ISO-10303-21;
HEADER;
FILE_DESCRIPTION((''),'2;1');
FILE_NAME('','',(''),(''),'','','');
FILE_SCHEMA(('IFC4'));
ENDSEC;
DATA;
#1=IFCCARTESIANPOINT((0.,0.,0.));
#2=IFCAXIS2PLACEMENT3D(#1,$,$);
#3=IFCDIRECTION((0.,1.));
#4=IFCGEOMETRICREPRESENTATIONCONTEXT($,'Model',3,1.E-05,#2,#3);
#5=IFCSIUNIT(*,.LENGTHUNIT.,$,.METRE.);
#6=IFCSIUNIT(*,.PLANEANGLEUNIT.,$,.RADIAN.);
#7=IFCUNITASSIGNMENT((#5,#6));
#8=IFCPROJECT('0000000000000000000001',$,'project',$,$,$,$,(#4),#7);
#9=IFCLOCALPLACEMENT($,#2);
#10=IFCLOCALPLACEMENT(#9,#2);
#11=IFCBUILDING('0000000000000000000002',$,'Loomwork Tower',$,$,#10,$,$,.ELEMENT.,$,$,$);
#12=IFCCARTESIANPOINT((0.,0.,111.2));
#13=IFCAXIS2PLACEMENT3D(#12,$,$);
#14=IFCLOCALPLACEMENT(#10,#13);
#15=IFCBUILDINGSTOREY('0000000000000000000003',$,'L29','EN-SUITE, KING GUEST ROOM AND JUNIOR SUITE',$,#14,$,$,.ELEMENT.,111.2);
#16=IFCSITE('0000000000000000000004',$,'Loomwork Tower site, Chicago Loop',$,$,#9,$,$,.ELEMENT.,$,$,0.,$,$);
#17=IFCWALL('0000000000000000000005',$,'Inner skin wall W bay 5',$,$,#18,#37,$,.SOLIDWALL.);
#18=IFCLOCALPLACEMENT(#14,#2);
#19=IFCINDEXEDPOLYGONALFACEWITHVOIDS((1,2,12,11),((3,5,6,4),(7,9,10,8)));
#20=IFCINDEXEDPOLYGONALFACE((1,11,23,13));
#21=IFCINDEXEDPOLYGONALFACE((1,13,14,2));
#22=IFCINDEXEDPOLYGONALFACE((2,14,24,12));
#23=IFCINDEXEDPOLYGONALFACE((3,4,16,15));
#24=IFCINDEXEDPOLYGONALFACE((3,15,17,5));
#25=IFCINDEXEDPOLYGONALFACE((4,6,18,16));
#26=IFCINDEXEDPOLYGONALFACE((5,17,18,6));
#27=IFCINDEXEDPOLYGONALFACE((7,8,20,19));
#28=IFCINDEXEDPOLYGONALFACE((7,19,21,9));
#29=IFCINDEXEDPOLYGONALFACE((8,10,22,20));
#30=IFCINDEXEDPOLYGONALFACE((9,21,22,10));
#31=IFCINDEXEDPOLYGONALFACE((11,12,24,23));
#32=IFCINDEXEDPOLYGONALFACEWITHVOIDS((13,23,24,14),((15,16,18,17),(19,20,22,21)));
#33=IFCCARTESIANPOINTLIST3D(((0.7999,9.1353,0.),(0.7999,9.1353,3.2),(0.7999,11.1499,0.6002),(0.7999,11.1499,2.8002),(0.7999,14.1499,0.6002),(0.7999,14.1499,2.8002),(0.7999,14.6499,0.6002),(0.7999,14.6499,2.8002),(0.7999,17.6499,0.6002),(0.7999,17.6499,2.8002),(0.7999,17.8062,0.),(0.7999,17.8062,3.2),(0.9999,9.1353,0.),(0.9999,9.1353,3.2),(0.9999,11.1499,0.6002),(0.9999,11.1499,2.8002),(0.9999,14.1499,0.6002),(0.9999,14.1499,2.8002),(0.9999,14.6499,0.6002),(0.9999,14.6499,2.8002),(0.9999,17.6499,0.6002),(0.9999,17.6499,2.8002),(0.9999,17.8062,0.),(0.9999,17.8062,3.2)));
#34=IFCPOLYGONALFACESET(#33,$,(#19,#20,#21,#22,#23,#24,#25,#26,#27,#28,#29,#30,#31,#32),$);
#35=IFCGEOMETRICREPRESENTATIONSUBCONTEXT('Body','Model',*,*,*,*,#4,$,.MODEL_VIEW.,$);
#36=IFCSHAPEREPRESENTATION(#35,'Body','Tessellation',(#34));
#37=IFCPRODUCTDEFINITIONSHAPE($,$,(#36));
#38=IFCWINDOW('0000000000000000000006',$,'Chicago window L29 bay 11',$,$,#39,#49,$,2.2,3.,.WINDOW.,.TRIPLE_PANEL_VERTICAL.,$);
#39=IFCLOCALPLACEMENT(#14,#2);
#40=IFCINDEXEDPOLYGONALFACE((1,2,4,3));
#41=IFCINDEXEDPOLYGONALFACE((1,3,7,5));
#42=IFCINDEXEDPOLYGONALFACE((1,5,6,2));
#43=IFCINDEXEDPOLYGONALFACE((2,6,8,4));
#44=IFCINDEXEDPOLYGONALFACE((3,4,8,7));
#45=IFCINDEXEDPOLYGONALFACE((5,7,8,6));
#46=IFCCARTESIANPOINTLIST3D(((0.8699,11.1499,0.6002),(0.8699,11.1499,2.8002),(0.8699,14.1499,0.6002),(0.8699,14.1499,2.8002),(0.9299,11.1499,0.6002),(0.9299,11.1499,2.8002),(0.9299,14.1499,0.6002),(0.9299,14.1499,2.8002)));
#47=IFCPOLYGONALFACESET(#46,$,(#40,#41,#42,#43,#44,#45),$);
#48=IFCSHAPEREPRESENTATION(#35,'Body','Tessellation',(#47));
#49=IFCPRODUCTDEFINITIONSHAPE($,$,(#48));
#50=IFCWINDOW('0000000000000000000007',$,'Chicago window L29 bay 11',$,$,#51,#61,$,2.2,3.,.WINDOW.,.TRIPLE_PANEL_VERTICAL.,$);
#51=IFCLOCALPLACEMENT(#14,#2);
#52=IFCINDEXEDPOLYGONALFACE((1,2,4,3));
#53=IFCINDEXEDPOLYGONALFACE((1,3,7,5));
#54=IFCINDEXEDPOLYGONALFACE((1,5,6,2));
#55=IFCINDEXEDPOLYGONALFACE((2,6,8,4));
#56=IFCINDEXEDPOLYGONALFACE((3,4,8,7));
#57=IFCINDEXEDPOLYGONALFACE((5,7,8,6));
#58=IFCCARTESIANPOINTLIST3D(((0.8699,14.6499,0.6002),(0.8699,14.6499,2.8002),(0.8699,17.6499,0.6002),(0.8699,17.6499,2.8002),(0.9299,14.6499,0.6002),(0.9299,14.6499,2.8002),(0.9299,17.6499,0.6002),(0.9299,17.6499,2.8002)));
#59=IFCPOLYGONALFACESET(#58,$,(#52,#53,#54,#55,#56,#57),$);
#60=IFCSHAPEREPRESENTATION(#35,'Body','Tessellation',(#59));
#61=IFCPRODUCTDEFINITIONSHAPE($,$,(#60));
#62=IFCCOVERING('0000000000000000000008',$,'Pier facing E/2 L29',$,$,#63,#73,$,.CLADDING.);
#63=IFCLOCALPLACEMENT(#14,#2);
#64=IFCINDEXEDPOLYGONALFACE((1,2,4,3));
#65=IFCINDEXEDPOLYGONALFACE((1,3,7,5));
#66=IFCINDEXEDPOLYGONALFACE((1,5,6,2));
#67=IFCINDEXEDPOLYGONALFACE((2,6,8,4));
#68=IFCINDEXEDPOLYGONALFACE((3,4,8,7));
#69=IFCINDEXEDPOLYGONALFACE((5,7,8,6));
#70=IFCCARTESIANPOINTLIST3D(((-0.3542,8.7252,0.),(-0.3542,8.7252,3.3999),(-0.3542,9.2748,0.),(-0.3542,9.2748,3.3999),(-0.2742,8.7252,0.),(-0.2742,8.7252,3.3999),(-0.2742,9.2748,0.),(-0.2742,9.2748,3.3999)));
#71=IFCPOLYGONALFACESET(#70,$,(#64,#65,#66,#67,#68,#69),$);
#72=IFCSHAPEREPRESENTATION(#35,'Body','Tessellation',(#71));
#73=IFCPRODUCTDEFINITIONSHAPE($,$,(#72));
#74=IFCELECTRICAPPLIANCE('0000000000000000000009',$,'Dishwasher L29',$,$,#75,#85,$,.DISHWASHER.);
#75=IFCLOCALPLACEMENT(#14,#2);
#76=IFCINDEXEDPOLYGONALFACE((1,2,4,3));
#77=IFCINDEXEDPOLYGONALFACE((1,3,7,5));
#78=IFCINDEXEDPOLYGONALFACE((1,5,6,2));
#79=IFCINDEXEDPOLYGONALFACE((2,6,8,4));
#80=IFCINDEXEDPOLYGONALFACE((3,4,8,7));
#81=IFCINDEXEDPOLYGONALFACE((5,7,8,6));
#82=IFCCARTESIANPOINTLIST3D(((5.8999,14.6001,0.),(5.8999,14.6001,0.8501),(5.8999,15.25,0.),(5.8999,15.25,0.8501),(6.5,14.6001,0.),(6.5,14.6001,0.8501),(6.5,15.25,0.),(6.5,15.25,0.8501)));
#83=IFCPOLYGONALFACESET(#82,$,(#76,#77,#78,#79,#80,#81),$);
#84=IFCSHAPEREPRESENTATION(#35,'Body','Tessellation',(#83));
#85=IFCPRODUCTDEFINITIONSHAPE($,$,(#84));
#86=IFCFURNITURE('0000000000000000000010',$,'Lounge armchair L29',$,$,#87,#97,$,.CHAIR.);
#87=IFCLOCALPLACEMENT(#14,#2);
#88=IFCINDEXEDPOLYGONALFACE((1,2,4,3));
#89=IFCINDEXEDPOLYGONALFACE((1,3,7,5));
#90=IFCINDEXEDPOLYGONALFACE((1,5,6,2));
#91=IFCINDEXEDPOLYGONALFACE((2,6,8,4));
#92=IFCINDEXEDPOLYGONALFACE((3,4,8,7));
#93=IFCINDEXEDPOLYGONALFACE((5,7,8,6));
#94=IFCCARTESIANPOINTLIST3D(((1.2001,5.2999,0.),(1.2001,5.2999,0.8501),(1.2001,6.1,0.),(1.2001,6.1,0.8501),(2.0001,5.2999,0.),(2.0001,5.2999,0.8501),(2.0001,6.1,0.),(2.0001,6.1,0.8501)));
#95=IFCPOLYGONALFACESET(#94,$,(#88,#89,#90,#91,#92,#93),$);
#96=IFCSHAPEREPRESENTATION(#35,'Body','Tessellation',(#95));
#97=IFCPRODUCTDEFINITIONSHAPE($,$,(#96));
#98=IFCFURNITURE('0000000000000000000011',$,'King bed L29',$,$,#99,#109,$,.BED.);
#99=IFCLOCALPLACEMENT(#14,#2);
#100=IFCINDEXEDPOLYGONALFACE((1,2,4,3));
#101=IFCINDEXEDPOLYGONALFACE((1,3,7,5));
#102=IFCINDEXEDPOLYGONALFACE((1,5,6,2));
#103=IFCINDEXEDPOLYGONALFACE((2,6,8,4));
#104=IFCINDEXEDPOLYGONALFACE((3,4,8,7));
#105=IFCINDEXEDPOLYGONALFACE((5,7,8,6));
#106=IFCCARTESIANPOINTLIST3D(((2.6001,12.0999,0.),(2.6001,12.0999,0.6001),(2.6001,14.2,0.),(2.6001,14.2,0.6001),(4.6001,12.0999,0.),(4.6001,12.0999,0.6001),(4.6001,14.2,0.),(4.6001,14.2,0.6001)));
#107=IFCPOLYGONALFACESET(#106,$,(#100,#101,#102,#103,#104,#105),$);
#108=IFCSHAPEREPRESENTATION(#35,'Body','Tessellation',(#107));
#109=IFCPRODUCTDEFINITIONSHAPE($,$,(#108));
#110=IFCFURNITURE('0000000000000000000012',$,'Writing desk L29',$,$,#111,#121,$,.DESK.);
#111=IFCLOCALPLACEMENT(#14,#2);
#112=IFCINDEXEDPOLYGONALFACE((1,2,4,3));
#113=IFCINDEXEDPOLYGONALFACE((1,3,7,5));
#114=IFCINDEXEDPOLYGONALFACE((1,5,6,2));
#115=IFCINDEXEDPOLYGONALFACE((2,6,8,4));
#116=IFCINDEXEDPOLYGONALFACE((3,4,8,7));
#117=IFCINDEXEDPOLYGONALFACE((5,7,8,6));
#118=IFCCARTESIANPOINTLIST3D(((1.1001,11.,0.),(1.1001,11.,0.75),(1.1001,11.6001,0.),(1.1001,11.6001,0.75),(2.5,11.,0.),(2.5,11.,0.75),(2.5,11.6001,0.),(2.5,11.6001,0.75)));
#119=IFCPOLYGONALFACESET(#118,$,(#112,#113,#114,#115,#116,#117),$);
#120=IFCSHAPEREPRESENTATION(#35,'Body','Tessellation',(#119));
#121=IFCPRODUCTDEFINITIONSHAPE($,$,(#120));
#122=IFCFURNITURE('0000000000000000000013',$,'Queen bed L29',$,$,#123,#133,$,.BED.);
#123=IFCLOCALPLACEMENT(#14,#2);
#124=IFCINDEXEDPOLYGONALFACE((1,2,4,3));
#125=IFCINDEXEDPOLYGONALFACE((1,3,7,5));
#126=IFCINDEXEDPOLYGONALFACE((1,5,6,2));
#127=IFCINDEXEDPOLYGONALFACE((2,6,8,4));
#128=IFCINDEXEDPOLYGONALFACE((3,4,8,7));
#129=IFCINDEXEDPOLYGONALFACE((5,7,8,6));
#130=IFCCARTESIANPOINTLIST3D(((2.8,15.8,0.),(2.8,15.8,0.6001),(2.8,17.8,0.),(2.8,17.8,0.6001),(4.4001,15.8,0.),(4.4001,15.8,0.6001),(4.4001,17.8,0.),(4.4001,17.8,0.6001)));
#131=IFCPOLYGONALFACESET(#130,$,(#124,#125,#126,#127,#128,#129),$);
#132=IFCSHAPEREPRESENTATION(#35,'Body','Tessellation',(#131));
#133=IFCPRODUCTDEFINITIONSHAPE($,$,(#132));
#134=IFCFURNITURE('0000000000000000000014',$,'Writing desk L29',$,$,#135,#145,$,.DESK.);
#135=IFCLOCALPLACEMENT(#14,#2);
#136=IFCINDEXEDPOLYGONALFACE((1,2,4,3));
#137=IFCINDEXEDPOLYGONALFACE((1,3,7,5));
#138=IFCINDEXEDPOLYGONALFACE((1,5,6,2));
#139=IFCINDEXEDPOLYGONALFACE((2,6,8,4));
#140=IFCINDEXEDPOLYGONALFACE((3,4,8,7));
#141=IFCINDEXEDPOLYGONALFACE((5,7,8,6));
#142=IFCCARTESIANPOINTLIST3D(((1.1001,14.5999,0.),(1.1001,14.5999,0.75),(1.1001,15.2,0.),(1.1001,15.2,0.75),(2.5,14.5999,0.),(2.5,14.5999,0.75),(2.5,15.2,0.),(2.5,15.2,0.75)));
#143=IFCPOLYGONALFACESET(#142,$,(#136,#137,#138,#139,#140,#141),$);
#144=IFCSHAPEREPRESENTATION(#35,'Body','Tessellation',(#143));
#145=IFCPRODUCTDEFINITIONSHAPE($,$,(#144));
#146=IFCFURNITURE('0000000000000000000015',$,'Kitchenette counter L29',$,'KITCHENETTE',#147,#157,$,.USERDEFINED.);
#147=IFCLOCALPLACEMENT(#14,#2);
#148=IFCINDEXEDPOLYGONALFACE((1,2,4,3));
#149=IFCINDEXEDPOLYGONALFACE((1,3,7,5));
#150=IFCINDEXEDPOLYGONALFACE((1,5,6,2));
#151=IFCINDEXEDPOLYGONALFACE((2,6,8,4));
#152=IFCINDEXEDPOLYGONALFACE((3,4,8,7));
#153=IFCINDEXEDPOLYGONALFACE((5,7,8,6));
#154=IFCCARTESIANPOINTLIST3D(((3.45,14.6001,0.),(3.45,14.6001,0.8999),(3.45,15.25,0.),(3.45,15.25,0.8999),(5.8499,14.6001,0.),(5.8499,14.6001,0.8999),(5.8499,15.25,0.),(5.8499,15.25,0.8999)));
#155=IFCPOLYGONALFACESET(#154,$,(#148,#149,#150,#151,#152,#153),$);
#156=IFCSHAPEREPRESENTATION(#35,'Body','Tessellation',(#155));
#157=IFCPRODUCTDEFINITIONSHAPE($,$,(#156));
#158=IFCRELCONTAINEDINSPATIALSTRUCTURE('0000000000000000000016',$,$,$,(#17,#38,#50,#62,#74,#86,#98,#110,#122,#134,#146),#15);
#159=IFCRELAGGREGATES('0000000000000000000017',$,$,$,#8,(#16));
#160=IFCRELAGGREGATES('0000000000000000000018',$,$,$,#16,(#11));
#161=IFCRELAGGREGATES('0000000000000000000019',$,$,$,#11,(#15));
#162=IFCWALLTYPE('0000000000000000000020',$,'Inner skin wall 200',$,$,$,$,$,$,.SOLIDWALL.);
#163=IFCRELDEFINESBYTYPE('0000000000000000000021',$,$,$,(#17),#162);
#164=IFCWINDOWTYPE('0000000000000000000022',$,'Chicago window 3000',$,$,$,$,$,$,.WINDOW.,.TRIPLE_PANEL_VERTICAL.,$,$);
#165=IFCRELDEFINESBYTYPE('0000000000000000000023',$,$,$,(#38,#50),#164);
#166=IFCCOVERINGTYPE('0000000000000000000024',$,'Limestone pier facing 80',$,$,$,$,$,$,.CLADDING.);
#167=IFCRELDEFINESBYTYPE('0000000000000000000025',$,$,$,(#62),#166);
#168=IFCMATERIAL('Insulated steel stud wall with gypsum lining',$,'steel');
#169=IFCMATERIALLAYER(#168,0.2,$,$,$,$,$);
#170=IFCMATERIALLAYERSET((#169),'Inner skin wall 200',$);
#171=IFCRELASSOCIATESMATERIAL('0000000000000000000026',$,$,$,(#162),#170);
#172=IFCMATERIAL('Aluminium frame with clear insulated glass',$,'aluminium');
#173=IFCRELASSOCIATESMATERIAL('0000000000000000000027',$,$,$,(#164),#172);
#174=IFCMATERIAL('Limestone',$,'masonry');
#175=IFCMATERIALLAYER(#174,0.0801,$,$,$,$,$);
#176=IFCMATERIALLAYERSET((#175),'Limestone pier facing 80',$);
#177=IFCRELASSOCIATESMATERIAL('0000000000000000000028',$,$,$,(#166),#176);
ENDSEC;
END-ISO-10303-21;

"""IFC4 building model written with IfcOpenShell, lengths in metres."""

from ifc_helpers import new_model, si_unit, direction, frame, frame_2d, origin, origin_2d, place, context, subcontext, project, spatial, rectangle, extrude, material, layer, layer_set, type_object, element, fill, save


model = new_model("IFC4")

# Units and contexts
model_context = context("Model", 3, precision=1e-05, world=origin(), true_north=direction((0.0, 1.0)))
body_context = subcontext(model_context, "Body", "Model", "MODEL_VIEW")
ifc_project = project(units=[si_unit("LENGTHUNIT", "METRE"), si_unit("PLANEANGLEUNIT", "RADIAN")], contexts=[model_context])

# Site, building, storey
site_placement = place(None, origin())
site = spatial("IfcSite", under=ifc_project, at=site_placement, Name="Loomwork Tower site, Chicago Loop", CompositionType="ELEMENT", RefElevation=0.0)
building_placement = place(site_placement, origin())
building = spatial("IfcBuilding", under=site, at=building_placement, Name="Loomwork Tower", CompositionType="ELEMENT")
storey_placement = place(building_placement, frame((0.0, 0.0, 111.2)))
storey = spatial("IfcBuildingStorey", under=building, at=storey_placement, Name="L29", Description="EN-SUITE, KING GUEST ROOM AND JUNIOR SUITE", CompositionType="ELEMENT", Elevation=111.2)

# Shared definitions
ifc_material_1 = material(Name="Insulated steel stud wall with gypsum lining", Category="steel")
ifc_layer_1 = layer(ifc_material_1, 0.2)
ifc_layer_set_1 = layer_set([ifc_layer_1], Name="Inner skin wall 200")
wall_type_1 = type_object("IfcWallType", Name="Inner skin wall 200", PredefinedType="SOLIDWALL", material=ifc_layer_set_1)

# Wall, openings, windows
wall_1_placement = place(storey_placement, frame((0.8999, 9.1353, 0.0), z_axis=(0.0, 0.0, 1.0), x_axis=(0.0, 1.0, 0.0)))
wall_1 = element("IfcWall", 1, at=wall_1_placement, inside=storey, type_object=wall_type_1, Name="Inner skin wall W bay 5", PredefinedType="SOLIDWALL", context=body_context, shape_type="SweptSolid", body=[
    extrude(rectangle(XDim=8.6709, YDim=0.2, at=frame_2d((4.3354, 0.0))), origin(), (0.0, 0.0, 1.0), 3.2),
])
opening_1_placement = place(wall_1_placement, frame((2.0146, 0.0, 0.6001)))
opening_1 = element("IfcOpeningElement", 2, at=opening_1_placement, cuts=wall_1, PredefinedType="OPENING", context=body_context, shape_type="SweptSolid", body=[
    extrude(rectangle(XDim=3.0, YDim=2.2, at=frame_2d((1.5, 1.1001))), frame((0.0, 0.1099, 0.0), z_axis=(0.0, -1.0, 0.0), x_axis=(1.0, 0.0, 0.0)), (0.0, 0.0, 1.0), 0.22),
])
opening_2_placement = place(wall_1_placement, frame((5.5146, 0.0, 0.6001)))
opening_2 = element("IfcOpeningElement", 3, at=opening_2_placement, cuts=wall_1, PredefinedType="OPENING", context=body_context, shape_type="SweptSolid", body=[
    extrude(rectangle(XDim=3.0, YDim=2.2, at=frame_2d((1.5, 1.1001))), frame((0.0, 0.1099, 0.0), z_axis=(0.0, -1.0, 0.0), x_axis=(1.0, 0.0, 0.0)), (0.0, 0.0, 1.0), 0.22),
])
ifc_material_2 = material(Name="Aluminium frame with clear insulated glass", Category="aluminium")
window_type = type_object("IfcWindowType", Name="Chicago window 3000", PartitioningType="TRIPLE_PANEL_VERTICAL", PredefinedType="WINDOW", material=ifc_material_2)
window_1_placement = place(opening_1_placement, origin())
window_1 = element("IfcWindow", 4, at=window_1_placement, inside=storey, type_object=window_type, Name="Chicago window L29 bay 11", OverallHeight=2.2, OverallWidth=3.0, PartitioningType="TRIPLE_PANEL_VERTICAL", PredefinedType="WINDOW", context=body_context, shape_type="SweptSolid", body=[
    extrude(rectangle(XDim=3.0, YDim=2.2, at=frame_2d((1.5, 1.1001))), frame((0.0, 0.03, 0.0), z_axis=(0.0, -1.0, 0.0), x_axis=(1.0, 0.0, 0.0)), (0.0, 0.0, 1.0), 0.0601),
])
fill(opening_1, window_1)
window_2_placement = place(opening_2_placement, origin())
window_2 = element("IfcWindow", 5, at=window_2_placement, inside=storey, type_object=window_type, Name="Chicago window L29 bay 11", OverallHeight=2.2, OverallWidth=3.0, PartitioningType="TRIPLE_PANEL_VERTICAL", PredefinedType="WINDOW", context=body_context, shape_type="SweptSolid", body=[
    extrude(rectangle(XDim=3.0, YDim=2.2, at=frame_2d((1.5, 1.1001))), frame((0.0, 0.03, 0.0), z_axis=(0.0, -1.0, 0.0), x_axis=(1.0, 0.0, 0.0)), (0.0, 0.0, 1.0), 0.0601),
])
fill(opening_2, window_2)

# Covering
ifc_material_3 = material(Name="Limestone", Category="masonry")
ifc_layer_2 = layer(ifc_material_3, 0.0801)
ifc_layer_set_2 = layer_set([ifc_layer_2], Name="Limestone pier facing 80")
covering_type = type_object("IfcCoveringType", Name="Limestone pier facing 80", PredefinedType="CLADDING", material=ifc_layer_set_2)
covering_placement = place(storey_placement, frame((-0.3142, 9.0, 0.0), z_axis=(0.0, 0.0, 1.0), x_axis=(1.0, 0.0, 0.0)))
element("IfcCovering", 6, at=covering_placement, inside=storey, type_object=covering_type, Name="Pier facing E/2 L29", PredefinedType="CLADDING", context=body_context, shape_type="SweptSolid", body=[
    extrude(rectangle(XDim=0.0801, YDim=0.5496, at=origin_2d()), origin(), (0.0, 0.0, 1.0), 3.3999),
])

# Electric appliance
electric_appliance_placement = place(storey_placement, frame((6.2, 14.925, 0.0), z_axis=(0.0, 0.0, 1.0), x_axis=(1.0, 0.0, 0.0)))
element("IfcElectricAppliance", 7, at=electric_appliance_placement, inside=storey, Name="Dishwasher L29", PredefinedType="DISHWASHER", context=body_context, shape_type="SweptSolid", body=[
    extrude(rectangle(XDim=0.6001, YDim=0.6499, at=origin_2d()), origin(), (0.0, 0.0, 1.0), 0.8501),
])

# Furniture
furniture_1_placement = place(storey_placement, frame((1.6001, 5.7, 0.0), z_axis=(0.0, 0.0, 1.0), x_axis=(1.0, 0.0, 0.0)))
element("IfcFurniture", 8, at=furniture_1_placement, inside=storey, Name="Lounge armchair L29", PredefinedType="CHAIR", context=body_context, shape_type="SweptSolid", body=[
    extrude(rectangle(XDim=0.8, YDim=0.8, at=origin_2d()), origin(), (0.0, 0.0, 1.0), 0.8501),
])
furniture_2_placement = place(storey_placement, frame((3.6001, 13.1499, 0.0), z_axis=(0.0, 0.0, 1.0), x_axis=(1.0, 0.0, 0.0)))
element("IfcFurniture", 9, at=furniture_2_placement, inside=storey, Name="King bed L29", PredefinedType="BED", context=body_context, shape_type="SweptSolid", body=[
    extrude(rectangle(XDim=2.0, YDim=2.1001, at=origin_2d()), origin(), (0.0, 0.0, 1.0), 0.6001),
])
furniture_3_placement = place(storey_placement, frame((1.8, 11.3, 0.0), z_axis=(0.0, 0.0, 1.0), x_axis=(1.0, 0.0, 0.0)))
element("IfcFurniture", 10, at=furniture_3_placement, inside=storey, Name="Writing desk L29", PredefinedType="DESK", context=body_context, shape_type="SweptSolid", body=[
    extrude(rectangle(XDim=1.3999, YDim=0.6001, at=origin_2d()), origin(), (0.0, 0.0, 1.0), 0.75),
])
furniture_4_placement = place(storey_placement, frame((3.6001, 16.8, 0.0), z_axis=(0.0, 0.0, 1.0), x_axis=(1.0, 0.0, 0.0)))
element("IfcFurniture", 11, at=furniture_4_placement, inside=storey, Name="Queen bed L29", PredefinedType="BED", context=body_context, shape_type="SweptSolid", body=[
    extrude(rectangle(XDim=1.6001, YDim=2.0, at=origin_2d()), origin(), (0.0, 0.0, 1.0), 0.6001),
])
furniture_5_placement = place(storey_placement, frame((1.8, 14.8999, 0.0), z_axis=(0.0, 0.0, 1.0), x_axis=(1.0, 0.0, 0.0)))
element("IfcFurniture", 12, at=furniture_5_placement, inside=storey, Name="Writing desk L29", PredefinedType="DESK", context=body_context, shape_type="SweptSolid", body=[
    extrude(rectangle(XDim=1.3999, YDim=0.6001, at=origin_2d()), origin(), (0.0, 0.0, 1.0), 0.75),
])
furniture_6_placement = place(storey_placement, frame((4.6499, 14.925, 0.0), z_axis=(0.0, 0.0, 1.0), x_axis=(1.0, 0.0, 0.0)))
element("IfcFurniture", 13, at=furniture_6_placement, inside=storey, Name="Kitchenette counter L29", ObjectType="KITCHENETTE", PredefinedType="USERDEFINED", context=body_context, shape_type="SweptSolid", body=[
    extrude(rectangle(XDim=2.3999, YDim=0.6499, at=origin_2d()), origin(), (0.0, 0.0, 1.0), 0.8999),
])

save(model, "model.ifc")
